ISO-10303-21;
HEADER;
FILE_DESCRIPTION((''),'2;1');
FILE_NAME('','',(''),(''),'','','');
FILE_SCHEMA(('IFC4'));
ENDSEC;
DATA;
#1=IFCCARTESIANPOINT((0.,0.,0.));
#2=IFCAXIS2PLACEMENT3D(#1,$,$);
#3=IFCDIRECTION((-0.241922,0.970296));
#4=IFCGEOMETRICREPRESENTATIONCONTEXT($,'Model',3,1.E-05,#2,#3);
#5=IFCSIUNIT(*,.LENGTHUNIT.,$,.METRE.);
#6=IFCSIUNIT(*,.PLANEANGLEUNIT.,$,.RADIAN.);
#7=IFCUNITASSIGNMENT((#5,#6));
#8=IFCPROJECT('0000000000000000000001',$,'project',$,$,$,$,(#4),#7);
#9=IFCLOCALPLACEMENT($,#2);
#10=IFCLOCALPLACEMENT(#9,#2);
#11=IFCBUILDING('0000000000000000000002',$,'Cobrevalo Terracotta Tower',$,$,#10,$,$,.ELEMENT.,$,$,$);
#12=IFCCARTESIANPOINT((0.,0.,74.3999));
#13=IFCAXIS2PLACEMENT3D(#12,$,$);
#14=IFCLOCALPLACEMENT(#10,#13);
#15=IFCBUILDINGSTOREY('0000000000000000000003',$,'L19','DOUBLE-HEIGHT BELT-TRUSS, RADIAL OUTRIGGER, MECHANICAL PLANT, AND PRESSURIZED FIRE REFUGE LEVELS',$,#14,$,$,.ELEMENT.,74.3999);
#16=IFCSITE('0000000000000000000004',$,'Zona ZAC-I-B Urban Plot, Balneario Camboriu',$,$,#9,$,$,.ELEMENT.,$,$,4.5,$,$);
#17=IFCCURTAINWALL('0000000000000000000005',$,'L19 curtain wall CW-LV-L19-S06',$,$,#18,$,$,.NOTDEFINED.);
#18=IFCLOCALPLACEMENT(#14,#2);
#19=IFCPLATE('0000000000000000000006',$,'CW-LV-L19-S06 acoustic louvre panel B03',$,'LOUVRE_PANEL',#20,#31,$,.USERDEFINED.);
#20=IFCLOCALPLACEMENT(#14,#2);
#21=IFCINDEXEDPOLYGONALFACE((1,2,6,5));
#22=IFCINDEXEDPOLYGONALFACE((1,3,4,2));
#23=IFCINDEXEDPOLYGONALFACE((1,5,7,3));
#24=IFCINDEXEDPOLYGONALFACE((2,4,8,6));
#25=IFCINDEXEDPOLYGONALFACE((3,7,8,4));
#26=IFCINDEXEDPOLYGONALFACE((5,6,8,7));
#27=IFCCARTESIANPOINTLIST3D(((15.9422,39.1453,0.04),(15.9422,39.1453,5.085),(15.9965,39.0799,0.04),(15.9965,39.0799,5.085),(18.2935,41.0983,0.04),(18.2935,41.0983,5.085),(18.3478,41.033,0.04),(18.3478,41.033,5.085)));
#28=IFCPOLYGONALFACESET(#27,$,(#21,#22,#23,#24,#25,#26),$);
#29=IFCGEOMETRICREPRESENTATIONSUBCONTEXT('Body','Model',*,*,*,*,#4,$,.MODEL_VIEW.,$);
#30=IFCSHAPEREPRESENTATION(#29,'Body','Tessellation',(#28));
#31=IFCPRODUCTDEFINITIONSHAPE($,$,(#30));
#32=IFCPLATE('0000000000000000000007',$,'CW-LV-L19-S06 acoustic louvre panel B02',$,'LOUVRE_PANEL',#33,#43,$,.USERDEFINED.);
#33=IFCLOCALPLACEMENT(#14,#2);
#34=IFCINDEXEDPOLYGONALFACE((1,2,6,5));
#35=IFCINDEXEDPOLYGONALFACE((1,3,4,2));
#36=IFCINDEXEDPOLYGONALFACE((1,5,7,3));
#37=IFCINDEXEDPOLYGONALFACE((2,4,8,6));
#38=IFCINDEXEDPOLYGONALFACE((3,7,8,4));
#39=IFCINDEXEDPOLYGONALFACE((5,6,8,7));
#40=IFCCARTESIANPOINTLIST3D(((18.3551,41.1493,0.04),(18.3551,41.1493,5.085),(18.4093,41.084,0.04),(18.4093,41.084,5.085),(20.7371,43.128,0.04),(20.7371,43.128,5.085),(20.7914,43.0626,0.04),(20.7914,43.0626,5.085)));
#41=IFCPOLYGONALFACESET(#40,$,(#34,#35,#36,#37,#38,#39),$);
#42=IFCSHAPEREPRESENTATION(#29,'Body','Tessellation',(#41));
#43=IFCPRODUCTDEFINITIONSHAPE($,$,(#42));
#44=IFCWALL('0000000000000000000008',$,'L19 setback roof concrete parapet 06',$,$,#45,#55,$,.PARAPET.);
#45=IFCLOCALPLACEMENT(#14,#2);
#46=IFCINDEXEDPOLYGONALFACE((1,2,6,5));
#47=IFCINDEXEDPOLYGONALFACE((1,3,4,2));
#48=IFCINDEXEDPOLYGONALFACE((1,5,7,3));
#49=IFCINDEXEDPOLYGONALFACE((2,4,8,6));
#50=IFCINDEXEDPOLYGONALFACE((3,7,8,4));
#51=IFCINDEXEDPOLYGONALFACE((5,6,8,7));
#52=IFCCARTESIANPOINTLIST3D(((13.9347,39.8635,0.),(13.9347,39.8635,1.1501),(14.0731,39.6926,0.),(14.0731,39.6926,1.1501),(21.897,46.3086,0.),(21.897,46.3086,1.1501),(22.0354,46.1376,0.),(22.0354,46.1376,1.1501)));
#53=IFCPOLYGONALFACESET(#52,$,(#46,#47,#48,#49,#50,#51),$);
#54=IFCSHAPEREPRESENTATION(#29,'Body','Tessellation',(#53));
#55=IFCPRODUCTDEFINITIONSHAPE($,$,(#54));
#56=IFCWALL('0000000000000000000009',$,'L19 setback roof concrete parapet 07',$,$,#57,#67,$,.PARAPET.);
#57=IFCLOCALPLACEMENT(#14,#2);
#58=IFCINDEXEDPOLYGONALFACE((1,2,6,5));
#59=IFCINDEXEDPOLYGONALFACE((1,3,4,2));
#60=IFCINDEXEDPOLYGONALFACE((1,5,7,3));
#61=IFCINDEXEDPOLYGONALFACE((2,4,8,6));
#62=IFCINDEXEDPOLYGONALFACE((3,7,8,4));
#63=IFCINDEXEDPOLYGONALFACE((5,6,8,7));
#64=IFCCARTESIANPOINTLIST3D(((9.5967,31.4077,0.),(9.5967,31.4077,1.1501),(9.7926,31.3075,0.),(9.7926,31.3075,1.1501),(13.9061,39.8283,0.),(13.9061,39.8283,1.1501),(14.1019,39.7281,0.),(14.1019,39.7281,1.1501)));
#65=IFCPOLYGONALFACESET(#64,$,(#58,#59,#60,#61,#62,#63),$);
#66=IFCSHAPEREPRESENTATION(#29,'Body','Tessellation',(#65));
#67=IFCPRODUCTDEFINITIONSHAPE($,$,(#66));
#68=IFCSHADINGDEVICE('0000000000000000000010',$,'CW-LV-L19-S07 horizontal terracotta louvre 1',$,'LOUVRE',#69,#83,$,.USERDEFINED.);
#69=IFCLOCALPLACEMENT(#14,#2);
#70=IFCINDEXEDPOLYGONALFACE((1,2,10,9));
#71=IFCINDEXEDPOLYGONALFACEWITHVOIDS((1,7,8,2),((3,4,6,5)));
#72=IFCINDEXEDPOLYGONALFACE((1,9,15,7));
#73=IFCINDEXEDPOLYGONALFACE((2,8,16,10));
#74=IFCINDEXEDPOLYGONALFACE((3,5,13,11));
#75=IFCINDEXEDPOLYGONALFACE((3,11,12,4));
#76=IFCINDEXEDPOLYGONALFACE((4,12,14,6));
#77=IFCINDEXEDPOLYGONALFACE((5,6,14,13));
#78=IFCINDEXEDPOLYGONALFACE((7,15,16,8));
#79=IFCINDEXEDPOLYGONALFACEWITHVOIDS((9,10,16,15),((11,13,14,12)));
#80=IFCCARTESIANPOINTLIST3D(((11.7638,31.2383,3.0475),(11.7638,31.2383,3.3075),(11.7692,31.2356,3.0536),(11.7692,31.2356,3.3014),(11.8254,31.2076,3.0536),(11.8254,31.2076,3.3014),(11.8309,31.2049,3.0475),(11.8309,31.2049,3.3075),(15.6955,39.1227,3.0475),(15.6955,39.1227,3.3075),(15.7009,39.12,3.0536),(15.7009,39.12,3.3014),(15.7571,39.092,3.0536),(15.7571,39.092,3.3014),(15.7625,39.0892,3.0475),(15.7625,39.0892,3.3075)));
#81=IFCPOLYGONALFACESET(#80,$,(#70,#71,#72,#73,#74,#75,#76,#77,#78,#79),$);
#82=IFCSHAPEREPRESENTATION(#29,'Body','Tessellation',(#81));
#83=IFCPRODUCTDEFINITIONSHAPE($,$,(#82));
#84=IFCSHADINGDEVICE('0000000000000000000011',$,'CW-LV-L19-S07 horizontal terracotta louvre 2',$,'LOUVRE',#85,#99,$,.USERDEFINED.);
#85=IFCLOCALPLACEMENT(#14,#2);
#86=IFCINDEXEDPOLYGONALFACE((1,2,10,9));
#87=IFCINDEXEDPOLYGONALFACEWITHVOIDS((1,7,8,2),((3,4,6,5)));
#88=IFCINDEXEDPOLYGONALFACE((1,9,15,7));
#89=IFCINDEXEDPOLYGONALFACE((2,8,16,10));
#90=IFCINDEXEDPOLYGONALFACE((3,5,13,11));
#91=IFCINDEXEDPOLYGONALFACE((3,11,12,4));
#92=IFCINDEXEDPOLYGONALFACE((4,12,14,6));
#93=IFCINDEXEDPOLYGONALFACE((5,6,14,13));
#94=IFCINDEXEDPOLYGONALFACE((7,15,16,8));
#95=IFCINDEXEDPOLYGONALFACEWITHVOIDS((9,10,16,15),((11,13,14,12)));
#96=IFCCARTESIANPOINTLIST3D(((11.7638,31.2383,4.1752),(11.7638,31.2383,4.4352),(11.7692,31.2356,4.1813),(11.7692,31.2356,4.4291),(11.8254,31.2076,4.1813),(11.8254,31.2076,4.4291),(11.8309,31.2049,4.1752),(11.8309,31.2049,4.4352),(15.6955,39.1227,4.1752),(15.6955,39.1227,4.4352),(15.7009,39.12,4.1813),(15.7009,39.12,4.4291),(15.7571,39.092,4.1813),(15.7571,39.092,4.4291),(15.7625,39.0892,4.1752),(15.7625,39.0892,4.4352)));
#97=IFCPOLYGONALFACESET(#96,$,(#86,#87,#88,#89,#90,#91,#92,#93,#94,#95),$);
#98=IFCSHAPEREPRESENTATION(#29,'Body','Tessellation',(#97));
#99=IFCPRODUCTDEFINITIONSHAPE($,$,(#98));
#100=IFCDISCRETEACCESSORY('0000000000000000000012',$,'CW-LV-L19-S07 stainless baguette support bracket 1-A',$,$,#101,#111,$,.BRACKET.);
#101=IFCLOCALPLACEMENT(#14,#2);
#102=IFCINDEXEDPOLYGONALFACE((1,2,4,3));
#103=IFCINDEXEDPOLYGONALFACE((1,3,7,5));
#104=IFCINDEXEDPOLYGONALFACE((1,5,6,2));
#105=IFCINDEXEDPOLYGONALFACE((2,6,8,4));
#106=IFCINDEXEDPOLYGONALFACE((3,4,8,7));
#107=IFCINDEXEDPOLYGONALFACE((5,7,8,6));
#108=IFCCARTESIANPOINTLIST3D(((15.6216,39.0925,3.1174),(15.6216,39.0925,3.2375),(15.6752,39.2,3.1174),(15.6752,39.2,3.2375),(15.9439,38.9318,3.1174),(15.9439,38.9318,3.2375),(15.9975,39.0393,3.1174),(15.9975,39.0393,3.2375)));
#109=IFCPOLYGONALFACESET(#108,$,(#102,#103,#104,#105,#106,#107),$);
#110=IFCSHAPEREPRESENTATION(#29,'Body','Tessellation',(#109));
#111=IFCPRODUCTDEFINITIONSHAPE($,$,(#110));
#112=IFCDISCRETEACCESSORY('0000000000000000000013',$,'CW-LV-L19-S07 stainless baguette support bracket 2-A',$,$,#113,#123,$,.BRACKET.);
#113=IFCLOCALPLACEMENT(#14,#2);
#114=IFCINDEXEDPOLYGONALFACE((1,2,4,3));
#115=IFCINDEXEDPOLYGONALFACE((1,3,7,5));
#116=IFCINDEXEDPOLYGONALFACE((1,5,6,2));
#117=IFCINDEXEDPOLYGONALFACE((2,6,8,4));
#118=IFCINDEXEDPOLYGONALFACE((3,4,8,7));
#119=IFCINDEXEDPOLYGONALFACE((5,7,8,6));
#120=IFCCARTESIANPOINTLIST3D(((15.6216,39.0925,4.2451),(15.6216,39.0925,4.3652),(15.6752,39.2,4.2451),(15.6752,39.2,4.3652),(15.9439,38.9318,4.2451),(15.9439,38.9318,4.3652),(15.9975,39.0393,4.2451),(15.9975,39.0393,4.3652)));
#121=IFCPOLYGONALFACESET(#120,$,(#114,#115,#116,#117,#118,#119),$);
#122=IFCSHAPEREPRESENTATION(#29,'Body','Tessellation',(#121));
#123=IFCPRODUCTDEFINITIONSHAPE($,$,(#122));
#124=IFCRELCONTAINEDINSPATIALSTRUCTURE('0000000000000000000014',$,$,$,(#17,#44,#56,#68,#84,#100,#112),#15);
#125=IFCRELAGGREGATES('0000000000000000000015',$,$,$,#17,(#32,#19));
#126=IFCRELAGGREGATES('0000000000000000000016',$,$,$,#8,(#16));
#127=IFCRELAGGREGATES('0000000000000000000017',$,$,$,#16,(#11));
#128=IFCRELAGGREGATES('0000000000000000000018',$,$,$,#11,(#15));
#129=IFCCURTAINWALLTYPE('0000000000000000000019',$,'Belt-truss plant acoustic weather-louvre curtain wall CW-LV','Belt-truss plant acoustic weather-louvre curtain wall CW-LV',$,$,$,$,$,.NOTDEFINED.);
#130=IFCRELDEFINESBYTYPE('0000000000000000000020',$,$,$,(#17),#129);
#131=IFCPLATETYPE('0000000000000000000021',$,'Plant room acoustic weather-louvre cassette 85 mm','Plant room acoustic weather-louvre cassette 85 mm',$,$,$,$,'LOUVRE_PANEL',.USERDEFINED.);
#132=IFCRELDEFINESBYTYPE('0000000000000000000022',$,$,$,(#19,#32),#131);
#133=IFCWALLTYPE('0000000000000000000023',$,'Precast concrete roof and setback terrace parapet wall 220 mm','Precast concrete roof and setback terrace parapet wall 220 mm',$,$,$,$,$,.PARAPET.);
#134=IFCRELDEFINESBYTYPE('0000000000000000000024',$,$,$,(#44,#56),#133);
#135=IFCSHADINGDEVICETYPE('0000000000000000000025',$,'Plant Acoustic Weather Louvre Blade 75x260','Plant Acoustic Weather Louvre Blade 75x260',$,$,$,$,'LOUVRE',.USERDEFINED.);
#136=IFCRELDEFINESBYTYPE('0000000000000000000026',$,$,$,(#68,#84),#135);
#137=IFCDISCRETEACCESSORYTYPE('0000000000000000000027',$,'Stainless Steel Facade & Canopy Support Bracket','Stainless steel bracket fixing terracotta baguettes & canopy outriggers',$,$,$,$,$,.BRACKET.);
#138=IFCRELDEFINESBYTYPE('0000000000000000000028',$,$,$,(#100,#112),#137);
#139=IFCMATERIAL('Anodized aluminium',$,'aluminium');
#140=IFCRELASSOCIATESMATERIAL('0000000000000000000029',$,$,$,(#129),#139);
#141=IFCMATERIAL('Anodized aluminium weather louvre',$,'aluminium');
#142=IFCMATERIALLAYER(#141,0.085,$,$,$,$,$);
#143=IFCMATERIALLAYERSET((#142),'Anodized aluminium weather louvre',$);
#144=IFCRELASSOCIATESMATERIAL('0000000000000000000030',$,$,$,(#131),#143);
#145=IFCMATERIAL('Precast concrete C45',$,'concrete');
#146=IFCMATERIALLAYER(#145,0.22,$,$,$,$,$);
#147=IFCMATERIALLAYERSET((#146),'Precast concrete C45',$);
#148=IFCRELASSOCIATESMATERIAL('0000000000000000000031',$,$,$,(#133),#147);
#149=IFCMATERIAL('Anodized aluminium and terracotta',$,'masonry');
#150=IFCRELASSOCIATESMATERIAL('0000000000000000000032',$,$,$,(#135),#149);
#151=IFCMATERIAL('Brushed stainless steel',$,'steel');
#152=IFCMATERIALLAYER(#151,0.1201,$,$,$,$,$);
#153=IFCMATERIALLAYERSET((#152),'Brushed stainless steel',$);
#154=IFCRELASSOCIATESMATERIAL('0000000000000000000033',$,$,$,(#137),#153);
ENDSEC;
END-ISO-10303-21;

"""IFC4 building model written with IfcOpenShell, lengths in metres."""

from ifc_helpers import new_model, si_unit, direction, frame, frame_2d, origin, origin_2d, place, context, subcontext, project, spatial, rectangle, hollow_rectangle, extrude, source, transform, mapped, material, layer, layer_set, material_profile, profile_set, type_object, element, aggregate, save


model = new_model("IFC4")

# Units and contexts
model_context = context("Model", 3, precision=1e-05, world=origin(), true_north=direction((-0.241922, 0.970296)))
body_context = subcontext(model_context, "Body", "Model", "MODEL_VIEW")
ifc_project = project(units=[si_unit("LENGTHUNIT", "METRE"), si_unit("PLANEANGLEUNIT", "RADIAN")], contexts=[model_context])

# Site, building, storey
site_placement = place(None, origin())
site = spatial("IfcSite", under=ifc_project, at=site_placement, Name="Zona ZAC-I-B Urban Plot, Balneario Camboriu", CompositionType="ELEMENT", RefElevation=4.5)
building_placement = place(site_placement, origin())
building = spatial("IfcBuilding", under=site, at=building_placement, Name="Cobrevalo Terracotta Tower", CompositionType="ELEMENT")
storey_placement = place(building_placement, frame((0.0, 0.0, 74.3999)))
storey = spatial("IfcBuildingStorey", under=building, at=storey_placement, Name="L19", Description="DOUBLE-HEIGHT BELT-TRUSS, RADIAL OUTRIGGER, MECHANICAL PLANT, AND PRESSURIZED FIRE REFUGE LEVELS", CompositionType="ELEMENT", Elevation=74.3999)

# Curtain wall
ifc_material_1 = material(Name="Anodized aluminium", Category="aluminium")
curtain_wall_type = type_object("IfcCurtainWallType", Name="Belt-truss plant acoustic weather-louvre curtain wall CW-LV", Description="Belt-truss plant acoustic weather-louvre curtain wall CW-LV", PredefinedType="NOTDEFINED", material=ifc_material_1)
curtain_wall_1_placement = place(storey_placement, origin())
curtain_wall_1 = element("IfcCurtainWall", 1, at=curtain_wall_1_placement, inside=storey, type_object=curtain_wall_type, Name="L19 curtain wall CW-LV-L19-S06", PredefinedType="NOTDEFINED")

# Plates
ifc_material_2 = material(Name="Anodized aluminium weather louvre", Category="aluminium")
ifc_layer_1 = layer(ifc_material_2, 0.085)
ifc_layer_set_1 = layer_set([ifc_layer_1], Name="Anodized aluminium weather louvre")
plate_type_1 = type_object("IfcPlateType", Name="Plant room acoustic weather-louvre cassette 85 mm", Description="Plant room acoustic weather-louvre cassette 85 mm", ElementType="LOUVRE_PANEL", PredefinedType="USERDEFINED", material=ifc_layer_set_1)
shared_shape_1 = source(origin(), body_context, "Body", "SweptSolid", [
    extrude(rectangle(XDim=3.0566, YDim=0.085, at=origin_2d()), origin(), (0.0, 0.0, 1.0), 5.0449),
])
plate_1_placement = place(storey_placement, frame((17.145, 40.0891, 0.04), z_axis=(0.0, 0.0, 1.0), x_axis=(-0.769241, -0.638958, 0.0)))
plate_1 = element("IfcPlate", 2, at=plate_1_placement, type_object=plate_type_1, Name="CW-LV-L19-S06 acoustic louvre panel B03", ObjectType="LOUVRE_PANEL", PredefinedType="USERDEFINED", context=body_context, shape_type="MappedRepresentation", body=[
    mapped(shared_shape_1, transform((0.0, 0.0, 0.0), scale=1.0)),
])
shared_shape_2 = source(origin(), body_context, "Body", "SweptSolid", [
    extrude(rectangle(XDim=3.0967, YDim=0.085, at=origin_2d()), origin(), (0.0, 0.0, 1.0), 5.0449),
])
plate_2_placement = place(storey_placement, frame((19.5732, 42.106, 0.04), z_axis=(0.0, 0.0, 1.0), x_axis=(-0.769241, -0.638958, 0.0)))
plate_2 = element("IfcPlate", 3, at=plate_2_placement, type_object=plate_type_1, Name="CW-LV-L19-S06 acoustic louvre panel B02", ObjectType="LOUVRE_PANEL", PredefinedType="USERDEFINED", context=body_context, shape_type="MappedRepresentation", body=[
    mapped(shared_shape_2, transform((0.0, 0.0, 0.0), scale=1.0)),
])
aggregate(curtain_wall_1, [plate_2, plate_1])

# Walls
ifc_material_3 = material(Name="Precast concrete C45", Category="concrete")
ifc_layer_2 = layer(ifc_material_3, 0.22)
ifc_layer_set_2 = layer_set([ifc_layer_2], Name="Precast concrete C45")
wall_type = type_object("IfcWallType", Name="Precast concrete roof and setback terrace parapet wall 220 mm", Description="Precast concrete roof and setback terrace parapet wall 220 mm", PredefinedType="PARAPET", material=ifc_layer_set_2)
wall_1_placement = place(storey_placement, frame((21.9663, 46.2231, 0.0), z_axis=(0.0, 0.0, 1.0), x_axis=(-0.777278, -0.629158, 0.0)))
element("IfcWall", 4, at=wall_1_placement, inside=storey, type_object=wall_type, Name="L19 setback roof concrete parapet 06", PredefinedType="PARAPET", context=body_context, shape_type="SweptSolid", body=[
    extrude(rectangle(XDim=10.2439, YDim=0.22, at=frame_2d((5.1221, 0.0))), origin(), (0.0, 0.0, 1.0), 1.1501),
])
wall_2_placement = place(storey_placement, frame((14.0039, 39.7781, 0.0), z_axis=(0.0, 0.0, 1.0), x_axis=(-0.455567, -0.890202, 0.0)))
element("IfcWall", 5, at=wall_2_placement, inside=storey, type_object=wall_type, Name="L19 setback roof concrete parapet 07", PredefinedType="PARAPET", context=body_context, shape_type="SweptSolid", body=[
    extrude(rectangle(XDim=9.4592, YDim=0.22, at=frame_2d((4.7295, 0.0))), origin(), (0.0, 0.0, 1.0), 1.1501),
])

# Shading devices
ifc_material_4 = material(Name="Anodized aluminium and terracotta", Category="masonry")
ifc_material_profile_1 = material_profile(ifc_material_4, hollow_rectangle(XDim=0.075, YDim=0.26, WallThickness=0.0061, at=origin_2d()), Name="LOUVRE BLADE 75x260")
ifc_profile_set_1 = profile_set([ifc_material_profile_1], Name="Anodized aluminium and terracotta")
shading_device_type = type_object("IfcShadingDeviceType", Name="Plant Acoustic Weather Louvre Blade 75x260", Description="Plant Acoustic Weather Louvre Blade 75x260", ElementType="LOUVRE", PredefinedType="USERDEFINED", material=ifc_profile_set_1)
shared_shape_3 = source(origin(), body_context, "Body", "SweptSolid", [
    extrude(hollow_rectangle(XDim=0.075, YDim=0.26, WallThickness=0.0061, at=origin_2d()), origin(), (0.0, 0.0, 1.0), 8.8103),
])
for number, where, z_axis, x_axis, name in (
    (6, (15.729, 39.106, 3.1775), (-0.44626, -0.894903, 0.0), (0.894903, -0.44626, 0.0), "CW-LV-L19-S07 horizontal terracotta louvre 1"),
    (7, (15.729, 39.106, 4.3052), (-0.44626, -0.894903, 0.0), (0.894903, -0.44626, 0.0), "CW-LV-L19-S07 horizontal terracotta louvre 2"),
):
    element("IfcShadingDevice", number, at=place(storey_placement, frame(where, z_axis=z_axis, x_axis=x_axis)), inside=storey, type_object=shading_device_type, Name=name, ObjectType="LOUVRE", PredefinedType="USERDEFINED", context=body_context, shape_type="MappedRepresentation", body=[
        mapped(shared_shape_3, transform((0.0, 0.0, 0.0), scale=1.0)),
    ])

# Discrete accessories
ifc_material_5 = material(Name="Brushed stainless steel", Category="steel")
ifc_layer_3 = layer(ifc_material_5, 0.1201)
ifc_layer_set_3 = layer_set([ifc_layer_3], Name="Brushed stainless steel")
discrete_accessory_type = type_object("IfcDiscreteAccessoryType", Name="Stainless Steel Facade & Canopy Support Bracket", Description="Stainless steel bracket fixing terracotta baguettes & canopy outriggers", PredefinedType="BRACKET", material=ifc_layer_set_3)
shared_shape_4 = source(origin(), body_context, "Body", "SweptSolid", [
    extrude(rectangle(XDim=0.1201, YDim=0.3601, at=origin_2d()), origin(), (0.0, 0.0, 1.0), 0.1201),
])
for number, where, z_axis, x_axis, name in (
    (8, (15.8096, 39.0659, 3.1174), (0.0, 0.0, 1.0), (-0.446262, -0.894902, 0.0), "CW-LV-L19-S07 stainless baguette support bracket 1-A"),
    (9, (15.8096, 39.0659, 4.2451), (0.0, 0.0, 1.0), (-0.446262, -0.894902, 0.0), "CW-LV-L19-S07 stainless baguette support bracket 2-A"),
):
    element("IfcDiscreteAccessory", number, at=place(storey_placement, frame(where, z_axis=z_axis, x_axis=x_axis)), inside=storey, type_object=discrete_accessory_type, Name=name, PredefinedType="BRACKET", context=body_context, shape_type="MappedRepresentation", body=[
        mapped(shared_shape_4, transform((0.0, 0.0, 0.0), scale=1.0)),
    ])

save(model, "model.ifc")
